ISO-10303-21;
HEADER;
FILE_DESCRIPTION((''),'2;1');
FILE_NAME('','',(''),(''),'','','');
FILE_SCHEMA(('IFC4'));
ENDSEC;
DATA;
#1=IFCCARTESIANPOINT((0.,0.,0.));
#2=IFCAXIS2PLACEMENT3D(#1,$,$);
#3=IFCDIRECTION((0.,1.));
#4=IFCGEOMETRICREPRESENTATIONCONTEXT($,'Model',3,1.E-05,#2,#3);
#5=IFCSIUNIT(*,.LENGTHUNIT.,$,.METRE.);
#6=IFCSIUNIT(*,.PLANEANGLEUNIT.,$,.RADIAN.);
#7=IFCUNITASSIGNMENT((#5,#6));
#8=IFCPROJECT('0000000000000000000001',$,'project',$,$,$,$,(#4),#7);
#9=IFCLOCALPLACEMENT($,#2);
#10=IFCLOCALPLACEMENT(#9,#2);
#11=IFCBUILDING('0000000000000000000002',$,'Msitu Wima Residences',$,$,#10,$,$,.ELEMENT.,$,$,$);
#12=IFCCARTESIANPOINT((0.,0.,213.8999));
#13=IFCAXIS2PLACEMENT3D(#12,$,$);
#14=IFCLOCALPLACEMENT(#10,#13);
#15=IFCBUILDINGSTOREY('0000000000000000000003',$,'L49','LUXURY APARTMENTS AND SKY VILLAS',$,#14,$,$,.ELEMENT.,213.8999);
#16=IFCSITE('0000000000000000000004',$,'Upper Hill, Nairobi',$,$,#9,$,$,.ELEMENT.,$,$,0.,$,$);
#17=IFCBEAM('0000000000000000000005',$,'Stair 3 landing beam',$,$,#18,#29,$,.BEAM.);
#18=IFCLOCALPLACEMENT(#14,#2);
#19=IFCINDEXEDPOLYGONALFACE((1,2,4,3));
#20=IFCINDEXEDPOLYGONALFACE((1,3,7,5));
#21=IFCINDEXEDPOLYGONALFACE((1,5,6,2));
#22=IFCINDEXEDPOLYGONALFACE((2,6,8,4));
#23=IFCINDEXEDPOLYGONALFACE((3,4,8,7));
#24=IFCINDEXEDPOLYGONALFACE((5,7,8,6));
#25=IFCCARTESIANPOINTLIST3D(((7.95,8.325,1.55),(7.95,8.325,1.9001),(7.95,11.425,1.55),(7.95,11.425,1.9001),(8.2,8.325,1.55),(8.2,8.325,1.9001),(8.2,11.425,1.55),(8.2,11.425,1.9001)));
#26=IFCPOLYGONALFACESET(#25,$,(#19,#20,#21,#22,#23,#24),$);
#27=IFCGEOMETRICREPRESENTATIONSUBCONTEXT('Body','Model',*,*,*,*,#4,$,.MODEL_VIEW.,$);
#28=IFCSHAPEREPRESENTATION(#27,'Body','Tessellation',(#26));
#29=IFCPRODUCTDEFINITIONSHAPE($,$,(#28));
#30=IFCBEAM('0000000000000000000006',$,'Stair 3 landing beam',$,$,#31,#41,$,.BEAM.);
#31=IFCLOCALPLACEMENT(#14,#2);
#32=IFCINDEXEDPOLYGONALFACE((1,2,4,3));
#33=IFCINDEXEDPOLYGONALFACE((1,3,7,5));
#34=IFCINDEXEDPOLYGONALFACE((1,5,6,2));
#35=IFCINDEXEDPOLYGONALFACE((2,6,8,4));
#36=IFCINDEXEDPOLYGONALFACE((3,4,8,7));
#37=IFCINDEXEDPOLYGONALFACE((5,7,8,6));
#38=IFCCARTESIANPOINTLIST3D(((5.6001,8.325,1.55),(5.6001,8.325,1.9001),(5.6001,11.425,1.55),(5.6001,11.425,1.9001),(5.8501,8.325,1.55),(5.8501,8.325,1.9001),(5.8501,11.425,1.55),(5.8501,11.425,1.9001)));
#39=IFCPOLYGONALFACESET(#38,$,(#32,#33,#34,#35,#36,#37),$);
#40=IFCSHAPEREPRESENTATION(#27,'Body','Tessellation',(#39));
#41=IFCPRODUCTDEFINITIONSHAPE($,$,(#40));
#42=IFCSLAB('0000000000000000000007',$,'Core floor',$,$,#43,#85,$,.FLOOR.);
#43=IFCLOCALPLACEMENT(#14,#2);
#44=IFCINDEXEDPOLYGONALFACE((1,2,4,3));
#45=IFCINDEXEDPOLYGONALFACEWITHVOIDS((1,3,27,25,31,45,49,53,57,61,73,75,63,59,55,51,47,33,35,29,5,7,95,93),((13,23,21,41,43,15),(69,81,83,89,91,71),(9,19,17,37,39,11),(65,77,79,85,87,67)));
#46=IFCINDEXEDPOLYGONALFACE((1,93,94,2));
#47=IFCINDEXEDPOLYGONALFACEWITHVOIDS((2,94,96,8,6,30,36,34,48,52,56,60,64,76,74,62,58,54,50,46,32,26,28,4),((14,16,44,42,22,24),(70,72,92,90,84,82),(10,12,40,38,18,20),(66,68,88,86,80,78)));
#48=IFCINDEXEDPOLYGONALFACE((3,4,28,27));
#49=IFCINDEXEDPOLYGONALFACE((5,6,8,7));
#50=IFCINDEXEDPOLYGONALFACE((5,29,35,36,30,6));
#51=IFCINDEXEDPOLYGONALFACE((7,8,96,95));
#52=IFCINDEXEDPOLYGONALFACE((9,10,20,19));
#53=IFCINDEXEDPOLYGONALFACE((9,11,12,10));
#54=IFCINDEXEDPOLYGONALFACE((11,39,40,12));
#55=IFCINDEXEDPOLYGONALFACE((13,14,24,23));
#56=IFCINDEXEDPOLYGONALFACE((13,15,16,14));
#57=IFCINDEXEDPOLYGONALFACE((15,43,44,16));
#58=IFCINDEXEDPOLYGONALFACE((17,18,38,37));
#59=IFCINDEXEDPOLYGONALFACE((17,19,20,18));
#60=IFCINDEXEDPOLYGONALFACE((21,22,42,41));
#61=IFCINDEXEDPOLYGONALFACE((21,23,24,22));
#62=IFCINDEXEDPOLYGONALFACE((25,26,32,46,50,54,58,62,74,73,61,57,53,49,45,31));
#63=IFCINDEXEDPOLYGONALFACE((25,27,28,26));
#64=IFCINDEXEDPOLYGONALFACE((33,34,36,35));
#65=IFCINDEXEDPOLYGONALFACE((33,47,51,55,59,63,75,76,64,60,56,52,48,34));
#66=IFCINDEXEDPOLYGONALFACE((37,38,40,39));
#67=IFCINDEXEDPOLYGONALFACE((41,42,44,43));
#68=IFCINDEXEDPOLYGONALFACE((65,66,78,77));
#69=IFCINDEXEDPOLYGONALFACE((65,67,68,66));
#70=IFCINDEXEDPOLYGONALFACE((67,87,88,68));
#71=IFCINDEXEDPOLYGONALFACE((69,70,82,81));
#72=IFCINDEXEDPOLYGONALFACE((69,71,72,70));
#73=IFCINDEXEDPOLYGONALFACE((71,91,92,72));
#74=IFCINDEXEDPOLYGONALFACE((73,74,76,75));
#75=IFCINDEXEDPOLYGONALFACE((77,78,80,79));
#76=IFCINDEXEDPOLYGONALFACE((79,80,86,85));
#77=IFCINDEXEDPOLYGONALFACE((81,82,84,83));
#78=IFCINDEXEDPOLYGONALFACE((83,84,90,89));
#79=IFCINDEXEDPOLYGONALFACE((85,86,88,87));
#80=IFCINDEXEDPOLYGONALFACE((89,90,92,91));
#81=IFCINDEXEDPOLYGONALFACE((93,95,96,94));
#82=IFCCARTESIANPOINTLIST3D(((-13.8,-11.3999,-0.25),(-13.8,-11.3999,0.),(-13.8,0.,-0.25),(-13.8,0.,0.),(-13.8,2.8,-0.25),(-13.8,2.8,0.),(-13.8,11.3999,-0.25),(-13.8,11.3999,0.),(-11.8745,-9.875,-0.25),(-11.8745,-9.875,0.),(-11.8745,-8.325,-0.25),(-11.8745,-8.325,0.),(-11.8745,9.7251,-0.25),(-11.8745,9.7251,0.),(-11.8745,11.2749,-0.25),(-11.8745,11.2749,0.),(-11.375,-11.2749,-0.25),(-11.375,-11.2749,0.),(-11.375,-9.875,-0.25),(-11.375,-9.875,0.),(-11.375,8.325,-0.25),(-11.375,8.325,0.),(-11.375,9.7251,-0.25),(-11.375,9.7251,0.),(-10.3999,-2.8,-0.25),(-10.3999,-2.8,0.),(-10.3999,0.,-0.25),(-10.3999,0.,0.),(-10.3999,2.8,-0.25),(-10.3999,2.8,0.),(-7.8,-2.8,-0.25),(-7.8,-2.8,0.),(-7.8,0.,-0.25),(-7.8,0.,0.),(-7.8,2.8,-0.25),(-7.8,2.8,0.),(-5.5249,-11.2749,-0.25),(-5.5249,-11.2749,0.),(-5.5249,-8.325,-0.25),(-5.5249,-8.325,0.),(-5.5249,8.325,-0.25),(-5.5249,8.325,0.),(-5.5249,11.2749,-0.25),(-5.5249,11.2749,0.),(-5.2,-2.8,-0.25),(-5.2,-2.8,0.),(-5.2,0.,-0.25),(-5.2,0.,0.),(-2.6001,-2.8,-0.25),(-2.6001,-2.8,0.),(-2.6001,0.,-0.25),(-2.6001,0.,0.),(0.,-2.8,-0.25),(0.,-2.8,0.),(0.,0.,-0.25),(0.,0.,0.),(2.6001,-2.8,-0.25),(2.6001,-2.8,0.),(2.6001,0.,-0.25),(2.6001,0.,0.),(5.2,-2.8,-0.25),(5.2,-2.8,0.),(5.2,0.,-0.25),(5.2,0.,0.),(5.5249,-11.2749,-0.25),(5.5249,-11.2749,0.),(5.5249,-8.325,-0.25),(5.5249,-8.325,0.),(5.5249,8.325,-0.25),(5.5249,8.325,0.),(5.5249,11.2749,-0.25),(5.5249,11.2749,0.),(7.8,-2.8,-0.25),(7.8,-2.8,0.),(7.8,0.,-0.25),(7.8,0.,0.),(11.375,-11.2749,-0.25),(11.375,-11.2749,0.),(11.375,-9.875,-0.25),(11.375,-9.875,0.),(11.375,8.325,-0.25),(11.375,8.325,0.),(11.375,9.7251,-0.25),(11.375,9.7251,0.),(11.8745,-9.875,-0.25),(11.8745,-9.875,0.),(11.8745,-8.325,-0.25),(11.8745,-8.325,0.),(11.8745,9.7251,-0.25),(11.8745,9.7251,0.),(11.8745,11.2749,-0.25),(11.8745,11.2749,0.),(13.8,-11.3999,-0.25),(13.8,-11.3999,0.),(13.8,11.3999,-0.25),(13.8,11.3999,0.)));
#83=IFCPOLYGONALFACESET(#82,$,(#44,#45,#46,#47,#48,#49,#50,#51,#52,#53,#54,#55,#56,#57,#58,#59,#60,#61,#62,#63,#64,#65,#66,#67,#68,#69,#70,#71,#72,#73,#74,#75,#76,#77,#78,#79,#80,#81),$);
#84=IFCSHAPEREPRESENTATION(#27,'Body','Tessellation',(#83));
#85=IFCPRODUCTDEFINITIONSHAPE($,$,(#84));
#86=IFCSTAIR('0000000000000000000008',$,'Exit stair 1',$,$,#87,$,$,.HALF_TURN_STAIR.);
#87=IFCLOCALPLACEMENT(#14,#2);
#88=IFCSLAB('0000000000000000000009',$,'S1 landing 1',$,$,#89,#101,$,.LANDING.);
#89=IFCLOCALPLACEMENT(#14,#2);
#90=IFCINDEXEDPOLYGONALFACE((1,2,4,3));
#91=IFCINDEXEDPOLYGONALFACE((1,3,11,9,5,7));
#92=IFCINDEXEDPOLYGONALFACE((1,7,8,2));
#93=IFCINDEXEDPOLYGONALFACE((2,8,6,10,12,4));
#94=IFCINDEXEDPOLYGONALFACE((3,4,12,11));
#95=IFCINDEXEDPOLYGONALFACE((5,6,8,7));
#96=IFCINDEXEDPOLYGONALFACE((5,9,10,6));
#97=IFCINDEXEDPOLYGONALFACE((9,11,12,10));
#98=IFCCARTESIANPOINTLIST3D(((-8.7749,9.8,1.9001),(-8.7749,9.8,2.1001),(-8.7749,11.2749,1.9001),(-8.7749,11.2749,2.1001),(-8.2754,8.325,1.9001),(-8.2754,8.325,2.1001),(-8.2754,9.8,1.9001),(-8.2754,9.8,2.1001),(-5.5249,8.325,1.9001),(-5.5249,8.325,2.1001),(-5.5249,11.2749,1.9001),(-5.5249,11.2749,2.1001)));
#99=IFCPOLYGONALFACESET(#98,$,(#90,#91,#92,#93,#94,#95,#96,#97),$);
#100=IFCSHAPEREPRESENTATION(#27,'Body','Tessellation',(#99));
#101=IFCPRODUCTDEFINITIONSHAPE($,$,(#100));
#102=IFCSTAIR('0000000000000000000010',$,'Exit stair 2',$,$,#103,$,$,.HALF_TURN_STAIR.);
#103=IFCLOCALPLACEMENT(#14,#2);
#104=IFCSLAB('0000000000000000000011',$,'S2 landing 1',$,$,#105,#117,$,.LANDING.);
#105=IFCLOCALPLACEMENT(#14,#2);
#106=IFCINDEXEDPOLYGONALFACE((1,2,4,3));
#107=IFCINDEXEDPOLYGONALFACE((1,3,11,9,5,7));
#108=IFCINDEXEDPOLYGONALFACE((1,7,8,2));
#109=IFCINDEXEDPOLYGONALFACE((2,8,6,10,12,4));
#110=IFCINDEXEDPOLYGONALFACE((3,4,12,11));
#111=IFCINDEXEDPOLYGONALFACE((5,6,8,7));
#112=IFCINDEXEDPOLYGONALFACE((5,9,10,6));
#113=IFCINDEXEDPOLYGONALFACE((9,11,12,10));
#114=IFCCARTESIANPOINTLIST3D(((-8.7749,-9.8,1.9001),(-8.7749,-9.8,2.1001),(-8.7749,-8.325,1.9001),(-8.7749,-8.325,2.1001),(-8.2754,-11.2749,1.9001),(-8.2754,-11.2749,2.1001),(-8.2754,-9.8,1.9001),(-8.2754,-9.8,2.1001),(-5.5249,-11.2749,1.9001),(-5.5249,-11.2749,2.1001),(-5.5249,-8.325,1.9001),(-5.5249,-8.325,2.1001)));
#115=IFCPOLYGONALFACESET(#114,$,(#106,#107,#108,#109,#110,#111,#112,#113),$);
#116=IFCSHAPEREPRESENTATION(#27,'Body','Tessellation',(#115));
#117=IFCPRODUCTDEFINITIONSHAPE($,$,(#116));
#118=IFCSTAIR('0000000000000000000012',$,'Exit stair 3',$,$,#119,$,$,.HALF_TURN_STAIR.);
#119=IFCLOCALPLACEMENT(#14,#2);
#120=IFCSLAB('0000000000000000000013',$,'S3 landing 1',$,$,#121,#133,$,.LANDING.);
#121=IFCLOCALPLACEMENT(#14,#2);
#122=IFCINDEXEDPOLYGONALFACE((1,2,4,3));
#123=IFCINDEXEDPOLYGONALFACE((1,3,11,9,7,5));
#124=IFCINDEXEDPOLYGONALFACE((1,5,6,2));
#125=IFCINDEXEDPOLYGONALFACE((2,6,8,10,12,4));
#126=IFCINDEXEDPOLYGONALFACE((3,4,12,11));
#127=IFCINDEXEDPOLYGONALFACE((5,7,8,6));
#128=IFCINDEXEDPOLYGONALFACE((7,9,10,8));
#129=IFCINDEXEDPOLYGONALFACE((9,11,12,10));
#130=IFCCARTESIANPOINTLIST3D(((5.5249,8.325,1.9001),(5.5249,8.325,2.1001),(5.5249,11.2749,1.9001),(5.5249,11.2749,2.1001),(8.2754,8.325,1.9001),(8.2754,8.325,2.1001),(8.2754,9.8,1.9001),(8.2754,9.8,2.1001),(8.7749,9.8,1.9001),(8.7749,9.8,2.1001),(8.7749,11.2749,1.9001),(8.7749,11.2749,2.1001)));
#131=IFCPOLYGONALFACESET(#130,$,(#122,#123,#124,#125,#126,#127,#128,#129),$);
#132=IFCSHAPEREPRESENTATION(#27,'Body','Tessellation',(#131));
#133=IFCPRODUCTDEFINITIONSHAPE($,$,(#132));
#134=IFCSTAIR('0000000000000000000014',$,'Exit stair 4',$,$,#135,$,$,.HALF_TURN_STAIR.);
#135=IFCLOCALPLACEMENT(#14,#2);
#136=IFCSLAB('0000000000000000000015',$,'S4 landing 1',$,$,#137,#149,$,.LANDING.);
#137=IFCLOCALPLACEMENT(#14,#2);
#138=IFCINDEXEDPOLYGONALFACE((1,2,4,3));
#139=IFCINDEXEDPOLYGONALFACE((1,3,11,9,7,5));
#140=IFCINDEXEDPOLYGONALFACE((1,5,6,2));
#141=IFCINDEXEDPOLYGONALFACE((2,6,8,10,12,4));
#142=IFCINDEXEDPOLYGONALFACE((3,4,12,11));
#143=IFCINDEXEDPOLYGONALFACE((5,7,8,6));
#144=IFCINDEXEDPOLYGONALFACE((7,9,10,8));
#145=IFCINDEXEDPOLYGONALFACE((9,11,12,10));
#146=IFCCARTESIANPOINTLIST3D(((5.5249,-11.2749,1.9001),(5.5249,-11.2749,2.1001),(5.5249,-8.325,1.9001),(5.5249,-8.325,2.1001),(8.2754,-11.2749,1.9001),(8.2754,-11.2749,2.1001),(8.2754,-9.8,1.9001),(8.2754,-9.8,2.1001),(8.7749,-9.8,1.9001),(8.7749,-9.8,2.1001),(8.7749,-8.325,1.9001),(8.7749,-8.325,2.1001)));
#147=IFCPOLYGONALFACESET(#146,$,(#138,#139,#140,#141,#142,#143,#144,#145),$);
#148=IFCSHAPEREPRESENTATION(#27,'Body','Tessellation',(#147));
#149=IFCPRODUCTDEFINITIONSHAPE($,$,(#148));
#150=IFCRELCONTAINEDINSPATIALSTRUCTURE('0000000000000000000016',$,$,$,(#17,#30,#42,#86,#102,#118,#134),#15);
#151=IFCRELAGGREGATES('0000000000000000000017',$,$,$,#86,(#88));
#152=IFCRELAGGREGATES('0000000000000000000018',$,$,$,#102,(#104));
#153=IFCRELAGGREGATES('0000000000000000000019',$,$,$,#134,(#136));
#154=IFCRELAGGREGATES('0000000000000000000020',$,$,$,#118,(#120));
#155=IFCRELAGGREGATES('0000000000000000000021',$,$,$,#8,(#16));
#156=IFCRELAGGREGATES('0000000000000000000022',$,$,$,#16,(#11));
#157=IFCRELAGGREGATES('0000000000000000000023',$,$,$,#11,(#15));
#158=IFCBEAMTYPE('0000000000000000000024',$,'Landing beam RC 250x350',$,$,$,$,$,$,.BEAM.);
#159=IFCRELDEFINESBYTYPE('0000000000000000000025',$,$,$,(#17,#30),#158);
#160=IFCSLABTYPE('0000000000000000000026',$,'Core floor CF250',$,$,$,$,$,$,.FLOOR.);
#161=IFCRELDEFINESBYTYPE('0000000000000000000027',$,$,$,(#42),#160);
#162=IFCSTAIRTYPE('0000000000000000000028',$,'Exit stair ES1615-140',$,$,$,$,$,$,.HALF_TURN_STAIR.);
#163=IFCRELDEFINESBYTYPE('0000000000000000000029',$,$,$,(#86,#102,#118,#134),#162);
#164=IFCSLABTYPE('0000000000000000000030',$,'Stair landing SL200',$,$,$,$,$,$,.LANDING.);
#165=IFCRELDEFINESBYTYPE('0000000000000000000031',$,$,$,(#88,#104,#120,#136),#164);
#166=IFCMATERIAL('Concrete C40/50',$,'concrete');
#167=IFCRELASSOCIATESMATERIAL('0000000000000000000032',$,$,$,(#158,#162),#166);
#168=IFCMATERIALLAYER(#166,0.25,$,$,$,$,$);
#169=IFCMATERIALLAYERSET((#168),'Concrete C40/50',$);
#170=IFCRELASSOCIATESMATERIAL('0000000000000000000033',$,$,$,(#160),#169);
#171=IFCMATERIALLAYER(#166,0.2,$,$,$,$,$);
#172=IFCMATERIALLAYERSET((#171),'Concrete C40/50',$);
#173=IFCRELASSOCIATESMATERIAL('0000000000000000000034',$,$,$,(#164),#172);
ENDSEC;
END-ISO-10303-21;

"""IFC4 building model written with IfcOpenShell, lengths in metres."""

from ifc_helpers import new_model, si_unit, direction, frame, origin, origin_2d, place, context, subcontext, project, spatial, polyline, rectangle, outline, extrude, material, layer, layer_set, material_profile, profile_set, type_object, element, aggregate, save


model = new_model("IFC4")

# Units and contexts
model_context = context("Model", 3, precision=1e-05, world=origin(), true_north=direction((0.0, 1.0)))
body_context = subcontext(model_context, "Body", "Model", "MODEL_VIEW")
ifc_project = project(units=[si_unit("LENGTHUNIT", "METRE"), si_unit("PLANEANGLEUNIT", "RADIAN")], contexts=[model_context])

# Site, building, storey
site_placement = place(None, origin())
site = spatial("IfcSite", under=ifc_project, at=site_placement, Name="Upper Hill, Nairobi", CompositionType="ELEMENT", RefElevation=0.0)
building_placement = place(site_placement, origin())
building = spatial("IfcBuilding", under=site, at=building_placement, Name="Msitu Wima Residences", CompositionType="ELEMENT")
storey_placement = place(building_placement, frame((0.0, 0.0, 213.8999)))
storey = spatial("IfcBuildingStorey", under=building, at=storey_placement, Name="L49", Description="LUXURY APARTMENTS AND SKY VILLAS", CompositionType="ELEMENT", Elevation=213.8999)

# Beams
ifc_material_1 = material(Name="Concrete C40/50", Category="concrete")
ifc_material_profile = material_profile(ifc_material_1, rectangle(XDim=0.25, YDim=0.3501, at=origin_2d()), Name="RC 250x350")
ifc_profile_set = profile_set([ifc_material_profile], Name="Concrete C40/50")
beam_type = type_object("IfcBeamType", Name="Landing beam RC 250x350", PredefinedType="BEAM", material=ifc_profile_set)
for number, where, z_axis, x_axis, name in (
    (1, (8.075, 8.325, 1.7251), (0.0, 1.0, 0.0), (-1.0, 0.0, 0.0), "Stair 3 landing beam"),
    (2, (5.7251, 8.325, 1.7251), (0.0, 1.0, 0.0), (-1.0, 0.0, 0.0), "Stair 3 landing beam"),
):
    element("IfcBeam", number, at=place(storey_placement, frame(where, z_axis=z_axis, x_axis=x_axis)), inside=storey, type_object=beam_type, Name=name, PredefinedType="BEAM", context=body_context, shape_type="SweptSolid", body=[
        extrude(rectangle(XDim=0.25, YDim=0.3501, at=origin_2d()), origin(), (0.0, 0.0, 1.0), 3.1001),
    ])

# Slab
ifc_layer_1 = layer(ifc_material_1, 0.25)
ifc_layer_set_1 = layer_set([ifc_layer_1], Name="Concrete C40/50")
slab_type_1 = type_object("IfcSlabType", Name="Core floor CF250", PredefinedType="FLOOR", material=ifc_layer_set_1)
slab_1_placement = place(storey_placement, frame((0.0, 0.0, -0.25)))
element("IfcSlab", 3, at=slab_1_placement, inside=storey, type_object=slab_type_1, Name="Core floor", PredefinedType="FLOOR", context=body_context, shape_type="SweptSolid", body=[
    extrude(outline(polyline([(-13.8, 11.3999), (-13.8, 2.8), (-10.3999, 2.8), (-7.8, 2.8), (-7.8, 0.0), (-5.2, 0.0), (-2.6001, 0.0), (0.0, 0.0), (2.6001, 0.0), (5.2, 0.0), (7.8, 0.0), (7.8, -2.8), (5.2, -2.8), (2.6001, -2.8), (0.0, -2.8), (-2.6001, -2.8), (-5.2, -2.8), (-7.8, -2.8), (-10.3999, -2.8), (-10.3999, 0.0), (-13.8, 0.0), (-13.8, -11.3999), (13.8, -11.3999), (13.8, 11.3999), (-13.8, 11.3999)]), holes=[polyline([(-11.375, -11.2749), (-11.375, -9.875), (-11.8745, -9.875), (-11.8745, -8.325), (-5.5249, -8.325), (-5.5249, -11.2749), (-11.375, -11.2749)]), polyline([(-11.375, 8.325), (-11.375, 9.7251), (-11.8745, 9.7251), (-11.8745, 11.2749), (-5.5249, 11.2749), (-5.5249, 8.325), (-11.375, 8.325)]), polyline([(11.375, -9.875), (11.375, -11.2749), (5.5249, -11.2749), (5.5249, -8.325), (11.8745, -8.325), (11.8745, -9.875), (11.375, -9.875)]), polyline([(11.375, 9.7251), (11.375, 8.325), (5.5249, 8.325), (5.5249, 11.2749), (11.8745, 11.2749), (11.8745, 9.7251), (11.375, 9.7251)])]), origin(), (0.0, 0.0, 1.0), 0.25),
])

# Stairs, slabs
stair_type = type_object("IfcStairType", Name="Exit stair ES1615-140", PredefinedType="HALF_TURN_STAIR", material=ifc_material_1)
stair_1_placement = place(storey_placement, origin())
stair_1 = element("IfcStair", 4, at=stair_1_placement, inside=storey, type_object=stair_type, Name="Exit stair 1", PredefinedType="HALF_TURN_STAIR")
ifc_layer_2 = layer(ifc_material_1, 0.2)
ifc_layer_set_2 = layer_set([ifc_layer_2], Name="Concrete C40/50")
slab_type_2 = type_object("IfcSlabType", Name="Stair landing SL200", PredefinedType="LANDING", material=ifc_layer_set_2)
slab_2_placement = place(storey_placement, frame((0.0, 0.0, 1.9001)))
slab_2 = element("IfcSlab", 5, at=slab_2_placement, type_object=slab_type_2, Name="S1 landing 1", PredefinedType="LANDING", context=body_context, shape_type="SweptSolid", body=[
    extrude(outline(polyline([(-5.5249, 8.325), (-8.2754, 8.325), (-8.2754, 9.8), (-8.7749, 9.8), (-8.7749, 11.2749), (-5.5249, 11.2749), (-5.5249, 8.325)])), origin(), (0.0, 0.0, 1.0), 0.2),
])
aggregate(stair_1, [slab_2])
stair_2_placement = place(storey_placement, origin())
stair_2 = element("IfcStair", 6, at=stair_2_placement, inside=storey, type_object=stair_type, Name="Exit stair 2", PredefinedType="HALF_TURN_STAIR")
slab_3_placement = place(storey_placement, frame((0.0, 0.0, 1.9001)))
slab_3 = element("IfcSlab", 7, at=slab_3_placement, type_object=slab_type_2, Name="S2 landing 1", PredefinedType="LANDING", context=body_context, shape_type="SweptSolid", body=[
    extrude(outline(polyline([(-5.5249, -11.2749), (-8.2754, -11.2749), (-8.2754, -9.8), (-8.7749, -9.8), (-8.7749, -8.325), (-5.5249, -8.325), (-5.5249, -11.2749)])), origin(), (0.0, 0.0, 1.0), 0.2),
])
aggregate(stair_2, [slab_3])
stair_3_placement = place(storey_placement, origin())
stair_3 = element("IfcStair", 8, at=stair_3_placement, inside=storey, type_object=stair_type, Name="Exit stair 3", PredefinedType="HALF_TURN_STAIR")
slab_4_placement = place(storey_placement, frame((0.0, 0.0, 1.9001)))
slab_4 = element("IfcSlab", 9, at=slab_4_placement, type_object=slab_type_2, Name="S3 landing 1", PredefinedType="LANDING", context=body_context, shape_type="SweptSolid", body=[
    extrude(outline(polyline([(5.5249, 8.325), (8.2754, 8.325), (8.2754, 9.8), (8.7749, 9.8), (8.7749, 11.2749), (5.5249, 11.2749), (5.5249, 8.325)])), origin(), (0.0, 0.0, 1.0), 0.2),
])
stair_4_placement = place(storey_placement, origin())
stair_4 = element("IfcStair", 10, at=stair_4_placement, inside=storey, type_object=stair_type, Name="Exit stair 4", PredefinedType="HALF_TURN_STAIR")
slab_5_placement = place(storey_placement, frame((0.0, 0.0, 1.9001)))
slab_5 = element("IfcSlab", 11, at=slab_5_placement, type_object=slab_type_2, Name="S4 landing 1", PredefinedType="LANDING", context=body_context, shape_type="SweptSolid", body=[
    extrude(outline(polyline([(5.5249, -11.2749), (8.2754, -11.2749), (8.2754, -9.8), (8.7749, -9.8), (8.7749, -8.325), (5.5249, -8.325), (5.5249, -11.2749)])), origin(), (0.0, 0.0, 1.0), 0.2),
])
aggregate(stair_4, [slab_5])

aggregate(stair_3, [slab_4])

save(model, "model.ifc")
